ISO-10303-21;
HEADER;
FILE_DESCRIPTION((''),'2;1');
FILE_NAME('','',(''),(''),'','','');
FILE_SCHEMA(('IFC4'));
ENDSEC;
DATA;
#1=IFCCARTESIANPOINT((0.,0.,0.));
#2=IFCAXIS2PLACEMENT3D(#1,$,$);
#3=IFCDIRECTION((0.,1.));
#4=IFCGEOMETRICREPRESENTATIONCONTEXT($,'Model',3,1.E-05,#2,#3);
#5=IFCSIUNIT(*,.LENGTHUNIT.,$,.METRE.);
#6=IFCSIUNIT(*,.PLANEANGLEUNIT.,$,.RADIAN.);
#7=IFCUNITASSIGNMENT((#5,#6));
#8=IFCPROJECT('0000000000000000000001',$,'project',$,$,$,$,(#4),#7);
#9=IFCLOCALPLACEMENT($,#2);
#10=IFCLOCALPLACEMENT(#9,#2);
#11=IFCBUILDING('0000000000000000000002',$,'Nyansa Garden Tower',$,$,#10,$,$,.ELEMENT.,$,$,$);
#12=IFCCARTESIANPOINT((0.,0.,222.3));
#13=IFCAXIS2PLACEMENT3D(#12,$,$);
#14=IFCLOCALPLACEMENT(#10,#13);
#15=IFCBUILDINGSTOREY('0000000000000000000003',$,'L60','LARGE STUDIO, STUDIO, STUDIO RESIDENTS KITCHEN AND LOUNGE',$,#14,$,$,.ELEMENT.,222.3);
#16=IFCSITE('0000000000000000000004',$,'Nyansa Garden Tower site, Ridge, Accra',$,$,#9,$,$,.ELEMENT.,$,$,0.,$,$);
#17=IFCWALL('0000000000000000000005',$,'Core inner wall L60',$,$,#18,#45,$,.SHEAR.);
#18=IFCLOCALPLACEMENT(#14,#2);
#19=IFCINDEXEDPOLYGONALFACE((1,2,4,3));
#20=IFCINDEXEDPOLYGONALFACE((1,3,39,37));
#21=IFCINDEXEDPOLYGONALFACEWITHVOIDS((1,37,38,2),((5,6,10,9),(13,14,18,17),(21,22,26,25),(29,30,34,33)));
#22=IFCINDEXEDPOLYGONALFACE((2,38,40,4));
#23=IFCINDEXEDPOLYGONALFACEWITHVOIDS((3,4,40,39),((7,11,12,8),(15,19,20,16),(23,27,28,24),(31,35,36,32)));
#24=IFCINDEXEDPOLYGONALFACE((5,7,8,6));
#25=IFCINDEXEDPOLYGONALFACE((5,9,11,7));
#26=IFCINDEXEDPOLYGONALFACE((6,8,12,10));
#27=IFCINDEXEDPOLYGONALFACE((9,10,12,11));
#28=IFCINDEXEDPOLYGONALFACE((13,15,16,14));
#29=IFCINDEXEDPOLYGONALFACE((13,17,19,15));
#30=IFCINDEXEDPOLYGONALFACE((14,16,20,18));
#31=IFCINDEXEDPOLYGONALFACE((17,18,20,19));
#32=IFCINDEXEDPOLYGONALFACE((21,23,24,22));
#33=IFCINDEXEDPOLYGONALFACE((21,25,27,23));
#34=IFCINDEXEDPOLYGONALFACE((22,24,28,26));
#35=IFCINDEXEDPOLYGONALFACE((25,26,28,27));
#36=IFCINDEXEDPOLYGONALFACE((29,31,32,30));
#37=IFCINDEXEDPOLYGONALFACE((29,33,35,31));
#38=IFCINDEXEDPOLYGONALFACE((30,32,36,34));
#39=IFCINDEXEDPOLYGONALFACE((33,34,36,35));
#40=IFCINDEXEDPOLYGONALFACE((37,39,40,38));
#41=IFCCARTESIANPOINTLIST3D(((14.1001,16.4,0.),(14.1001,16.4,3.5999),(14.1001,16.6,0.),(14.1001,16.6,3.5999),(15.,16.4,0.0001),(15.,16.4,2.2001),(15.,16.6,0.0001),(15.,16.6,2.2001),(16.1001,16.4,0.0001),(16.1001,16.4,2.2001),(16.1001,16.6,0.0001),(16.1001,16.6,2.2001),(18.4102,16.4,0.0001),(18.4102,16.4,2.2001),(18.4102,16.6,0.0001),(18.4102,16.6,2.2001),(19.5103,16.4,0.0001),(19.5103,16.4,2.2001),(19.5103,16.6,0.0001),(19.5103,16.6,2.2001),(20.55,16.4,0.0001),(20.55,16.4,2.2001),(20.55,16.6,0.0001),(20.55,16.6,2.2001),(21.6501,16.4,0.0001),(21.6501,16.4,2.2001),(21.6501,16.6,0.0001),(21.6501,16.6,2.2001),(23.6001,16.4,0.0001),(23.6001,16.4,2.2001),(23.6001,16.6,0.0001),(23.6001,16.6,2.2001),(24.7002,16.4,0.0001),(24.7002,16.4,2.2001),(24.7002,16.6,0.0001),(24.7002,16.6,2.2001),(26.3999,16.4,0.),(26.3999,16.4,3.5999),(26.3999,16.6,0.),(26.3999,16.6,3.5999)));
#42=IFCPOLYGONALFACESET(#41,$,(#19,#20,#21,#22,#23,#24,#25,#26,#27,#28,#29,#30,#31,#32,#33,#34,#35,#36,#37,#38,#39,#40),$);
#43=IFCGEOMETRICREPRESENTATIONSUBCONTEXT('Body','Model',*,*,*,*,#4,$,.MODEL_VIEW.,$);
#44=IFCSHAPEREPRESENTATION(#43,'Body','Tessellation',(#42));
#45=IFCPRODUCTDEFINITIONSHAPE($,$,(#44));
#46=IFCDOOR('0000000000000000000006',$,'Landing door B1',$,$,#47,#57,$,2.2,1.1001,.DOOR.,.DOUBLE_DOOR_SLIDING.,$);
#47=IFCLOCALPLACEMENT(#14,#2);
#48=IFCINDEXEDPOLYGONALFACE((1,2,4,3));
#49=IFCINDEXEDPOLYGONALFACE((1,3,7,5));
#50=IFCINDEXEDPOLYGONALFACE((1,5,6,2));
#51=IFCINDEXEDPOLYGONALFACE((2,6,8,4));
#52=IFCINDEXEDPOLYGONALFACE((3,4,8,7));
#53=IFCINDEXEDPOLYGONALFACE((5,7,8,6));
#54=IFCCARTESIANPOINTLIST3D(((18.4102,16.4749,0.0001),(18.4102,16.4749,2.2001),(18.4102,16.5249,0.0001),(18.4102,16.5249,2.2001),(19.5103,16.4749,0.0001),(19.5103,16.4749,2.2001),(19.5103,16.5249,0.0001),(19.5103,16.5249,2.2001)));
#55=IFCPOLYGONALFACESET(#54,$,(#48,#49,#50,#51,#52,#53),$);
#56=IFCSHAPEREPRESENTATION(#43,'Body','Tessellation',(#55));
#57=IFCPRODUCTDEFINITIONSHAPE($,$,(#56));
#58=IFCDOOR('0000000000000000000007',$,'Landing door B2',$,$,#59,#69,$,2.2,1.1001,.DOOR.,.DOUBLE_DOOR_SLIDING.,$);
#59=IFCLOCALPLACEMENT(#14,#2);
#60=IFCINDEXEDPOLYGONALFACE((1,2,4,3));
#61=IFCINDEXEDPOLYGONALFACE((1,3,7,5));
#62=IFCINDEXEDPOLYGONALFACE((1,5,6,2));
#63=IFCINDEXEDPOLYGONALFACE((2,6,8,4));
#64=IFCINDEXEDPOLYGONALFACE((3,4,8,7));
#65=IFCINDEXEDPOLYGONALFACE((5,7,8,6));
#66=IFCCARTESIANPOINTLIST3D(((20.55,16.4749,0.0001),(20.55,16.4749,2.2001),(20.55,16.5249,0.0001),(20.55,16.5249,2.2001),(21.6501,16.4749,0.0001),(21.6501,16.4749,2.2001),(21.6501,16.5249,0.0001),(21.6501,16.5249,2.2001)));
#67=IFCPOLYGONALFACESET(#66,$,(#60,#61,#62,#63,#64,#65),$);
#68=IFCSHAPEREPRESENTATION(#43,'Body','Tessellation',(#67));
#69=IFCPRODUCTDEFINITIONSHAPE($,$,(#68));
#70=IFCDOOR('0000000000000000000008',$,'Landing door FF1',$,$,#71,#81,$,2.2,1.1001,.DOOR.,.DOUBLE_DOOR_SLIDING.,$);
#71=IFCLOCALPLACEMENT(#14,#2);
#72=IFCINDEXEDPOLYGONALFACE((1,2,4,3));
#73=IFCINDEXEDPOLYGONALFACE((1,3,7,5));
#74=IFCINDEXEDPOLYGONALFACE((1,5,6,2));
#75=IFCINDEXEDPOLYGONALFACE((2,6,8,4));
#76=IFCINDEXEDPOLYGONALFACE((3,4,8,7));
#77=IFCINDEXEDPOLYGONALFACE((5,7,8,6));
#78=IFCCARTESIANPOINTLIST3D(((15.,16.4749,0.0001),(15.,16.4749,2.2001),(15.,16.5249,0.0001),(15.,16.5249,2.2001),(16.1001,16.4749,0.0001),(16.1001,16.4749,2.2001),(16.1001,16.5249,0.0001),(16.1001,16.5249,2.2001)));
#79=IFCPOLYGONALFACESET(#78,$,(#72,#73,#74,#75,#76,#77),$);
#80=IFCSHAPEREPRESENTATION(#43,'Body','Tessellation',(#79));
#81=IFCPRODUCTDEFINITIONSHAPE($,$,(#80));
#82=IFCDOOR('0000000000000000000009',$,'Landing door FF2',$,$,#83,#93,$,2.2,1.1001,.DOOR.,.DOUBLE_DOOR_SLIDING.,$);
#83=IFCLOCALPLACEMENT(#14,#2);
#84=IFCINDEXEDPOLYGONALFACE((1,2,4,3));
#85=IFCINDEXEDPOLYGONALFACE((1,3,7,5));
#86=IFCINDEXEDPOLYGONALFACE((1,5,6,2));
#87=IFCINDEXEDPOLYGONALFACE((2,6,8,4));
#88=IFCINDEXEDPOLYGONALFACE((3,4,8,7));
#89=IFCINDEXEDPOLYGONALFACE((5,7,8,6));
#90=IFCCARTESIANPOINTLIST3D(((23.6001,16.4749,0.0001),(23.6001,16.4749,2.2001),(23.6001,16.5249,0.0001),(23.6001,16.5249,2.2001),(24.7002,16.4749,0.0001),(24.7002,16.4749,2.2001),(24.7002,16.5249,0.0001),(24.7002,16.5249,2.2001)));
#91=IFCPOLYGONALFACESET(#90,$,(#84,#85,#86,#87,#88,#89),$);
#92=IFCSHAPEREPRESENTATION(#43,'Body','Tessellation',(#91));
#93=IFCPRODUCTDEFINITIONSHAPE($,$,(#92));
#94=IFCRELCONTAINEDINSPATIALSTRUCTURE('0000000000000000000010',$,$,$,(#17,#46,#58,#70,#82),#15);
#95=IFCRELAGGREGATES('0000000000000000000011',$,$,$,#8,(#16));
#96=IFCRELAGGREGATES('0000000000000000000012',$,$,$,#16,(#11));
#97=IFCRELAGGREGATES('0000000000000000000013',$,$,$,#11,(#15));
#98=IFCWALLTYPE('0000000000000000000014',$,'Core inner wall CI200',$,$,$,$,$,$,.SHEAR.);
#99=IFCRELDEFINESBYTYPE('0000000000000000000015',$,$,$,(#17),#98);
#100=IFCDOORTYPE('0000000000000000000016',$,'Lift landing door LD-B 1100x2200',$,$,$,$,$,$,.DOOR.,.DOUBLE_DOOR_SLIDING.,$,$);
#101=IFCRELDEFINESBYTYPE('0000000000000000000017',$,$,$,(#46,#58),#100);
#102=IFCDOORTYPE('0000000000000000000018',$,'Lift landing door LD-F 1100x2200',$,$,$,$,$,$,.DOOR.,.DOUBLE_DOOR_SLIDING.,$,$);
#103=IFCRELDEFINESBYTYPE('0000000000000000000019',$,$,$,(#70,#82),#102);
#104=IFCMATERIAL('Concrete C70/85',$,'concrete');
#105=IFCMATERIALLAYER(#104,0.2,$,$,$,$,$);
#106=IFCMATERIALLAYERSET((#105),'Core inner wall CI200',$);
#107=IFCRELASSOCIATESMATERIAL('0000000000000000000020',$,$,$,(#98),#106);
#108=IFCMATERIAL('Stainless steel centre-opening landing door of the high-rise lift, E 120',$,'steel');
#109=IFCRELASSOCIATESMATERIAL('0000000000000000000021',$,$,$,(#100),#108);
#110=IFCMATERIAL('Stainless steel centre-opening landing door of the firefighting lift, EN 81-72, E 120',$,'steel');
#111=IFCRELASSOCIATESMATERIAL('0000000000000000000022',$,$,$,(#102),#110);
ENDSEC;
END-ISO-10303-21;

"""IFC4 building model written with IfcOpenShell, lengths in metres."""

from ifc_helpers import new_model, si_unit, direction, frame, frame_2d, origin, place, context, subcontext, project, spatial, rectangle, extrude, material, layer, layer_set, type_object, element, fill, save


model = new_model("IFC4")

# Units and contexts
model_context = context("Model", 3, precision=1e-05, world=origin(), true_north=direction((0.0, 1.0)))
body_context = subcontext(model_context, "Body", "Model", "MODEL_VIEW")
ifc_project = project(units=[si_unit("LENGTHUNIT", "METRE"), si_unit("PLANEANGLEUNIT", "RADIAN")], contexts=[model_context])

# Site, building, storey
site_placement = place(None, origin())
site = spatial("IfcSite", under=ifc_project, at=site_placement, Name="Nyansa Garden Tower site, Ridge, Accra", CompositionType="ELEMENT", RefElevation=0.0)
building_placement = place(site_placement, origin())
building = spatial("IfcBuilding", under=site, at=building_placement, Name="Nyansa Garden Tower", CompositionType="ELEMENT")
storey_placement = place(building_placement, frame((0.0, 0.0, 222.3)))
storey = spatial("IfcBuildingStorey", under=building, at=storey_placement, Name="L60", Description="LARGE STUDIO, STUDIO, STUDIO RESIDENTS KITCHEN AND LOUNGE", CompositionType="ELEMENT", Elevation=222.3)

# Wall, openings, doors
ifc_material_1 = material(Name="Concrete C70/85", Category="concrete")
ifc_layer_1 = layer(ifc_material_1, 0.2)
ifc_layer_set_1 = layer_set([ifc_layer_1], Name="Core inner wall CI200")
wall_type_1 = type_object("IfcWallType", Name="Core inner wall CI200", PredefinedType="SHEAR", material=ifc_layer_set_1)
wall_1_placement = place(storey_placement, frame((14.1001, 16.5, 0.0), z_axis=(0.0, 0.0, 1.0), x_axis=(1.0, 0.0, 0.0)))
wall_1 = element("IfcWall", 1, at=wall_1_placement, inside=storey, type_object=wall_type_1, Name="Core inner wall L60", PredefinedType="SHEAR", context=body_context, shape_type="SweptSolid", body=[
    extrude(rectangle(XDim=12.2998, YDim=0.2, at=frame_2d((6.1499, 0.0))), origin(), (0.0, 0.0, 1.0), 3.5999),
])
opening_1_placement = place(wall_1_placement, frame((0.8999, 0.0, 0.0)))
opening_1 = element("IfcOpeningElement", 2, at=opening_1_placement, cuts=wall_1, PredefinedType="OPENING", context=body_context, shape_type="SweptSolid", body=[
    extrude(rectangle(XDim=1.1001, YDim=2.2, at=frame_2d((0.55, 1.1001))), frame((0.0, 0.1099, 0.0), z_axis=(0.0, -1.0, 0.0), x_axis=(1.0, 0.0, 0.0)), (0.0, 0.0, 1.0), 0.22),
])
opening_2_placement = place(wall_1_placement, frame((4.3101, 0.0, 0.0)))
opening_2 = element("IfcOpeningElement", 3, at=opening_2_placement, cuts=wall_1, PredefinedType="OPENING", context=body_context, shape_type="SweptSolid", body=[
    extrude(rectangle(XDim=1.1001, YDim=2.2, at=frame_2d((0.55, 1.1001))), frame((0.0, 0.1099, 0.0), z_axis=(0.0, -1.0, 0.0), x_axis=(1.0, 0.0, 0.0)), (0.0, 0.0, 1.0), 0.22),
])
opening_3_placement = place(wall_1_placement, frame((6.45, 0.0, 0.0)))
opening_3 = element("IfcOpeningElement", 4, at=opening_3_placement, cuts=wall_1, PredefinedType="OPENING", context=body_context, shape_type="SweptSolid", body=[
    extrude(rectangle(XDim=1.1001, YDim=2.2, at=frame_2d((0.55, 1.1001))), frame((0.0, 0.1099, 0.0), z_axis=(0.0, -1.0, 0.0), x_axis=(1.0, 0.0, 0.0)), (0.0, 0.0, 1.0), 0.22),
])
opening_4_placement = place(wall_1_placement, frame((9.5, 0.0, 0.0)))
opening_4 = element("IfcOpeningElement", 5, at=opening_4_placement, cuts=wall_1, PredefinedType="OPENING", context=body_context, shape_type="SweptSolid", body=[
    extrude(rectangle(XDim=1.1001, YDim=2.2, at=frame_2d((0.55, 1.1001))), frame((0.0, 0.1099, 0.0), z_axis=(0.0, -1.0, 0.0), x_axis=(1.0, 0.0, 0.0)), (0.0, 0.0, 1.0), 0.22),
])
ifc_material_2 = material(Name="Stainless steel centre-opening landing door of the high-rise lift, E 120", Category="steel")
door_type_1 = type_object("IfcDoorType", Name="Lift landing door LD-B 1100x2200", OperationType="DOUBLE_DOOR_SLIDING", PredefinedType="DOOR", material=ifc_material_2)
door_1_placement = place(opening_2_placement, origin())
door_1 = element("IfcDoor", 6, at=door_1_placement, inside=storey, type_object=door_type_1, Name="Landing door B1", OperationType="DOUBLE_DOOR_SLIDING", OverallHeight=2.2, OverallWidth=1.1001, PredefinedType="DOOR", context=body_context, shape_type="SweptSolid", body=[
    extrude(rectangle(XDim=1.1001, YDim=2.2, at=frame_2d((0.55, 1.1001))), frame((0.0, 0.0249, 0.0), z_axis=(0.0, -1.0, 0.0), x_axis=(1.0, 0.0, 0.0)), (0.0, 0.0, 1.0), 0.05),
])
fill(opening_2, door_1)
door_2_placement = place(opening_3_placement, origin())
door_2 = element("IfcDoor", 7, at=door_2_placement, inside=storey, type_object=door_type_1, Name="Landing door B2", OperationType="DOUBLE_DOOR_SLIDING", OverallHeight=2.2, OverallWidth=1.1001, PredefinedType="DOOR", context=body_context, shape_type="SweptSolid", body=[
    extrude(rectangle(XDim=1.1001, YDim=2.2, at=frame_2d((0.55, 1.1001))), frame((0.0, 0.0249, 0.0), z_axis=(0.0, -1.0, 0.0), x_axis=(1.0, 0.0, 0.0)), (0.0, 0.0, 1.0), 0.05),
])
fill(opening_3, door_2)
ifc_material_3 = material(Name="Stainless steel centre-opening landing door of the firefighting lift, EN 81-72, E 120", Category="steel")
door_type_2 = type_object("IfcDoorType", Name="Lift landing door LD-F 1100x2200", OperationType="DOUBLE_DOOR_SLIDING", PredefinedType="DOOR", material=ifc_material_3)
door_3_placement = place(opening_1_placement, origin())
door_3 = element("IfcDoor", 8, at=door_3_placement, inside=storey, type_object=door_type_2, Name="Landing door FF1", OperationType="DOUBLE_DOOR_SLIDING", OverallHeight=2.2, OverallWidth=1.1001, PredefinedType="DOOR", context=body_context, shape_type="SweptSolid", body=[
    extrude(rectangle(XDim=1.1001, YDim=2.2, at=frame_2d((0.55, 1.1001))), frame((0.0, 0.0249, 0.0), z_axis=(0.0, -1.0, 0.0), x_axis=(1.0, 0.0, 0.0)), (0.0, 0.0, 1.0), 0.05),
])
fill(opening_1, door_3)
door_4_placement = place(opening_4_placement, origin())
door_4 = element("IfcDoor", 9, at=door_4_placement, inside=storey, type_object=door_type_2, Name="Landing door FF2", OperationType="DOUBLE_DOOR_SLIDING", OverallHeight=2.2, OverallWidth=1.1001, PredefinedType="DOOR", context=body_context, shape_type="SweptSolid", body=[
    extrude(rectangle(XDim=1.1001, YDim=2.2, at=frame_2d((0.55, 1.1001))), frame((0.0, 0.0249, 0.0), z_axis=(0.0, -1.0, 0.0), x_axis=(1.0, 0.0, 0.0)), (0.0, 0.0, 1.0), 0.05),
])
fill(opening_4, door_4)

save(model, "model.ifc")
